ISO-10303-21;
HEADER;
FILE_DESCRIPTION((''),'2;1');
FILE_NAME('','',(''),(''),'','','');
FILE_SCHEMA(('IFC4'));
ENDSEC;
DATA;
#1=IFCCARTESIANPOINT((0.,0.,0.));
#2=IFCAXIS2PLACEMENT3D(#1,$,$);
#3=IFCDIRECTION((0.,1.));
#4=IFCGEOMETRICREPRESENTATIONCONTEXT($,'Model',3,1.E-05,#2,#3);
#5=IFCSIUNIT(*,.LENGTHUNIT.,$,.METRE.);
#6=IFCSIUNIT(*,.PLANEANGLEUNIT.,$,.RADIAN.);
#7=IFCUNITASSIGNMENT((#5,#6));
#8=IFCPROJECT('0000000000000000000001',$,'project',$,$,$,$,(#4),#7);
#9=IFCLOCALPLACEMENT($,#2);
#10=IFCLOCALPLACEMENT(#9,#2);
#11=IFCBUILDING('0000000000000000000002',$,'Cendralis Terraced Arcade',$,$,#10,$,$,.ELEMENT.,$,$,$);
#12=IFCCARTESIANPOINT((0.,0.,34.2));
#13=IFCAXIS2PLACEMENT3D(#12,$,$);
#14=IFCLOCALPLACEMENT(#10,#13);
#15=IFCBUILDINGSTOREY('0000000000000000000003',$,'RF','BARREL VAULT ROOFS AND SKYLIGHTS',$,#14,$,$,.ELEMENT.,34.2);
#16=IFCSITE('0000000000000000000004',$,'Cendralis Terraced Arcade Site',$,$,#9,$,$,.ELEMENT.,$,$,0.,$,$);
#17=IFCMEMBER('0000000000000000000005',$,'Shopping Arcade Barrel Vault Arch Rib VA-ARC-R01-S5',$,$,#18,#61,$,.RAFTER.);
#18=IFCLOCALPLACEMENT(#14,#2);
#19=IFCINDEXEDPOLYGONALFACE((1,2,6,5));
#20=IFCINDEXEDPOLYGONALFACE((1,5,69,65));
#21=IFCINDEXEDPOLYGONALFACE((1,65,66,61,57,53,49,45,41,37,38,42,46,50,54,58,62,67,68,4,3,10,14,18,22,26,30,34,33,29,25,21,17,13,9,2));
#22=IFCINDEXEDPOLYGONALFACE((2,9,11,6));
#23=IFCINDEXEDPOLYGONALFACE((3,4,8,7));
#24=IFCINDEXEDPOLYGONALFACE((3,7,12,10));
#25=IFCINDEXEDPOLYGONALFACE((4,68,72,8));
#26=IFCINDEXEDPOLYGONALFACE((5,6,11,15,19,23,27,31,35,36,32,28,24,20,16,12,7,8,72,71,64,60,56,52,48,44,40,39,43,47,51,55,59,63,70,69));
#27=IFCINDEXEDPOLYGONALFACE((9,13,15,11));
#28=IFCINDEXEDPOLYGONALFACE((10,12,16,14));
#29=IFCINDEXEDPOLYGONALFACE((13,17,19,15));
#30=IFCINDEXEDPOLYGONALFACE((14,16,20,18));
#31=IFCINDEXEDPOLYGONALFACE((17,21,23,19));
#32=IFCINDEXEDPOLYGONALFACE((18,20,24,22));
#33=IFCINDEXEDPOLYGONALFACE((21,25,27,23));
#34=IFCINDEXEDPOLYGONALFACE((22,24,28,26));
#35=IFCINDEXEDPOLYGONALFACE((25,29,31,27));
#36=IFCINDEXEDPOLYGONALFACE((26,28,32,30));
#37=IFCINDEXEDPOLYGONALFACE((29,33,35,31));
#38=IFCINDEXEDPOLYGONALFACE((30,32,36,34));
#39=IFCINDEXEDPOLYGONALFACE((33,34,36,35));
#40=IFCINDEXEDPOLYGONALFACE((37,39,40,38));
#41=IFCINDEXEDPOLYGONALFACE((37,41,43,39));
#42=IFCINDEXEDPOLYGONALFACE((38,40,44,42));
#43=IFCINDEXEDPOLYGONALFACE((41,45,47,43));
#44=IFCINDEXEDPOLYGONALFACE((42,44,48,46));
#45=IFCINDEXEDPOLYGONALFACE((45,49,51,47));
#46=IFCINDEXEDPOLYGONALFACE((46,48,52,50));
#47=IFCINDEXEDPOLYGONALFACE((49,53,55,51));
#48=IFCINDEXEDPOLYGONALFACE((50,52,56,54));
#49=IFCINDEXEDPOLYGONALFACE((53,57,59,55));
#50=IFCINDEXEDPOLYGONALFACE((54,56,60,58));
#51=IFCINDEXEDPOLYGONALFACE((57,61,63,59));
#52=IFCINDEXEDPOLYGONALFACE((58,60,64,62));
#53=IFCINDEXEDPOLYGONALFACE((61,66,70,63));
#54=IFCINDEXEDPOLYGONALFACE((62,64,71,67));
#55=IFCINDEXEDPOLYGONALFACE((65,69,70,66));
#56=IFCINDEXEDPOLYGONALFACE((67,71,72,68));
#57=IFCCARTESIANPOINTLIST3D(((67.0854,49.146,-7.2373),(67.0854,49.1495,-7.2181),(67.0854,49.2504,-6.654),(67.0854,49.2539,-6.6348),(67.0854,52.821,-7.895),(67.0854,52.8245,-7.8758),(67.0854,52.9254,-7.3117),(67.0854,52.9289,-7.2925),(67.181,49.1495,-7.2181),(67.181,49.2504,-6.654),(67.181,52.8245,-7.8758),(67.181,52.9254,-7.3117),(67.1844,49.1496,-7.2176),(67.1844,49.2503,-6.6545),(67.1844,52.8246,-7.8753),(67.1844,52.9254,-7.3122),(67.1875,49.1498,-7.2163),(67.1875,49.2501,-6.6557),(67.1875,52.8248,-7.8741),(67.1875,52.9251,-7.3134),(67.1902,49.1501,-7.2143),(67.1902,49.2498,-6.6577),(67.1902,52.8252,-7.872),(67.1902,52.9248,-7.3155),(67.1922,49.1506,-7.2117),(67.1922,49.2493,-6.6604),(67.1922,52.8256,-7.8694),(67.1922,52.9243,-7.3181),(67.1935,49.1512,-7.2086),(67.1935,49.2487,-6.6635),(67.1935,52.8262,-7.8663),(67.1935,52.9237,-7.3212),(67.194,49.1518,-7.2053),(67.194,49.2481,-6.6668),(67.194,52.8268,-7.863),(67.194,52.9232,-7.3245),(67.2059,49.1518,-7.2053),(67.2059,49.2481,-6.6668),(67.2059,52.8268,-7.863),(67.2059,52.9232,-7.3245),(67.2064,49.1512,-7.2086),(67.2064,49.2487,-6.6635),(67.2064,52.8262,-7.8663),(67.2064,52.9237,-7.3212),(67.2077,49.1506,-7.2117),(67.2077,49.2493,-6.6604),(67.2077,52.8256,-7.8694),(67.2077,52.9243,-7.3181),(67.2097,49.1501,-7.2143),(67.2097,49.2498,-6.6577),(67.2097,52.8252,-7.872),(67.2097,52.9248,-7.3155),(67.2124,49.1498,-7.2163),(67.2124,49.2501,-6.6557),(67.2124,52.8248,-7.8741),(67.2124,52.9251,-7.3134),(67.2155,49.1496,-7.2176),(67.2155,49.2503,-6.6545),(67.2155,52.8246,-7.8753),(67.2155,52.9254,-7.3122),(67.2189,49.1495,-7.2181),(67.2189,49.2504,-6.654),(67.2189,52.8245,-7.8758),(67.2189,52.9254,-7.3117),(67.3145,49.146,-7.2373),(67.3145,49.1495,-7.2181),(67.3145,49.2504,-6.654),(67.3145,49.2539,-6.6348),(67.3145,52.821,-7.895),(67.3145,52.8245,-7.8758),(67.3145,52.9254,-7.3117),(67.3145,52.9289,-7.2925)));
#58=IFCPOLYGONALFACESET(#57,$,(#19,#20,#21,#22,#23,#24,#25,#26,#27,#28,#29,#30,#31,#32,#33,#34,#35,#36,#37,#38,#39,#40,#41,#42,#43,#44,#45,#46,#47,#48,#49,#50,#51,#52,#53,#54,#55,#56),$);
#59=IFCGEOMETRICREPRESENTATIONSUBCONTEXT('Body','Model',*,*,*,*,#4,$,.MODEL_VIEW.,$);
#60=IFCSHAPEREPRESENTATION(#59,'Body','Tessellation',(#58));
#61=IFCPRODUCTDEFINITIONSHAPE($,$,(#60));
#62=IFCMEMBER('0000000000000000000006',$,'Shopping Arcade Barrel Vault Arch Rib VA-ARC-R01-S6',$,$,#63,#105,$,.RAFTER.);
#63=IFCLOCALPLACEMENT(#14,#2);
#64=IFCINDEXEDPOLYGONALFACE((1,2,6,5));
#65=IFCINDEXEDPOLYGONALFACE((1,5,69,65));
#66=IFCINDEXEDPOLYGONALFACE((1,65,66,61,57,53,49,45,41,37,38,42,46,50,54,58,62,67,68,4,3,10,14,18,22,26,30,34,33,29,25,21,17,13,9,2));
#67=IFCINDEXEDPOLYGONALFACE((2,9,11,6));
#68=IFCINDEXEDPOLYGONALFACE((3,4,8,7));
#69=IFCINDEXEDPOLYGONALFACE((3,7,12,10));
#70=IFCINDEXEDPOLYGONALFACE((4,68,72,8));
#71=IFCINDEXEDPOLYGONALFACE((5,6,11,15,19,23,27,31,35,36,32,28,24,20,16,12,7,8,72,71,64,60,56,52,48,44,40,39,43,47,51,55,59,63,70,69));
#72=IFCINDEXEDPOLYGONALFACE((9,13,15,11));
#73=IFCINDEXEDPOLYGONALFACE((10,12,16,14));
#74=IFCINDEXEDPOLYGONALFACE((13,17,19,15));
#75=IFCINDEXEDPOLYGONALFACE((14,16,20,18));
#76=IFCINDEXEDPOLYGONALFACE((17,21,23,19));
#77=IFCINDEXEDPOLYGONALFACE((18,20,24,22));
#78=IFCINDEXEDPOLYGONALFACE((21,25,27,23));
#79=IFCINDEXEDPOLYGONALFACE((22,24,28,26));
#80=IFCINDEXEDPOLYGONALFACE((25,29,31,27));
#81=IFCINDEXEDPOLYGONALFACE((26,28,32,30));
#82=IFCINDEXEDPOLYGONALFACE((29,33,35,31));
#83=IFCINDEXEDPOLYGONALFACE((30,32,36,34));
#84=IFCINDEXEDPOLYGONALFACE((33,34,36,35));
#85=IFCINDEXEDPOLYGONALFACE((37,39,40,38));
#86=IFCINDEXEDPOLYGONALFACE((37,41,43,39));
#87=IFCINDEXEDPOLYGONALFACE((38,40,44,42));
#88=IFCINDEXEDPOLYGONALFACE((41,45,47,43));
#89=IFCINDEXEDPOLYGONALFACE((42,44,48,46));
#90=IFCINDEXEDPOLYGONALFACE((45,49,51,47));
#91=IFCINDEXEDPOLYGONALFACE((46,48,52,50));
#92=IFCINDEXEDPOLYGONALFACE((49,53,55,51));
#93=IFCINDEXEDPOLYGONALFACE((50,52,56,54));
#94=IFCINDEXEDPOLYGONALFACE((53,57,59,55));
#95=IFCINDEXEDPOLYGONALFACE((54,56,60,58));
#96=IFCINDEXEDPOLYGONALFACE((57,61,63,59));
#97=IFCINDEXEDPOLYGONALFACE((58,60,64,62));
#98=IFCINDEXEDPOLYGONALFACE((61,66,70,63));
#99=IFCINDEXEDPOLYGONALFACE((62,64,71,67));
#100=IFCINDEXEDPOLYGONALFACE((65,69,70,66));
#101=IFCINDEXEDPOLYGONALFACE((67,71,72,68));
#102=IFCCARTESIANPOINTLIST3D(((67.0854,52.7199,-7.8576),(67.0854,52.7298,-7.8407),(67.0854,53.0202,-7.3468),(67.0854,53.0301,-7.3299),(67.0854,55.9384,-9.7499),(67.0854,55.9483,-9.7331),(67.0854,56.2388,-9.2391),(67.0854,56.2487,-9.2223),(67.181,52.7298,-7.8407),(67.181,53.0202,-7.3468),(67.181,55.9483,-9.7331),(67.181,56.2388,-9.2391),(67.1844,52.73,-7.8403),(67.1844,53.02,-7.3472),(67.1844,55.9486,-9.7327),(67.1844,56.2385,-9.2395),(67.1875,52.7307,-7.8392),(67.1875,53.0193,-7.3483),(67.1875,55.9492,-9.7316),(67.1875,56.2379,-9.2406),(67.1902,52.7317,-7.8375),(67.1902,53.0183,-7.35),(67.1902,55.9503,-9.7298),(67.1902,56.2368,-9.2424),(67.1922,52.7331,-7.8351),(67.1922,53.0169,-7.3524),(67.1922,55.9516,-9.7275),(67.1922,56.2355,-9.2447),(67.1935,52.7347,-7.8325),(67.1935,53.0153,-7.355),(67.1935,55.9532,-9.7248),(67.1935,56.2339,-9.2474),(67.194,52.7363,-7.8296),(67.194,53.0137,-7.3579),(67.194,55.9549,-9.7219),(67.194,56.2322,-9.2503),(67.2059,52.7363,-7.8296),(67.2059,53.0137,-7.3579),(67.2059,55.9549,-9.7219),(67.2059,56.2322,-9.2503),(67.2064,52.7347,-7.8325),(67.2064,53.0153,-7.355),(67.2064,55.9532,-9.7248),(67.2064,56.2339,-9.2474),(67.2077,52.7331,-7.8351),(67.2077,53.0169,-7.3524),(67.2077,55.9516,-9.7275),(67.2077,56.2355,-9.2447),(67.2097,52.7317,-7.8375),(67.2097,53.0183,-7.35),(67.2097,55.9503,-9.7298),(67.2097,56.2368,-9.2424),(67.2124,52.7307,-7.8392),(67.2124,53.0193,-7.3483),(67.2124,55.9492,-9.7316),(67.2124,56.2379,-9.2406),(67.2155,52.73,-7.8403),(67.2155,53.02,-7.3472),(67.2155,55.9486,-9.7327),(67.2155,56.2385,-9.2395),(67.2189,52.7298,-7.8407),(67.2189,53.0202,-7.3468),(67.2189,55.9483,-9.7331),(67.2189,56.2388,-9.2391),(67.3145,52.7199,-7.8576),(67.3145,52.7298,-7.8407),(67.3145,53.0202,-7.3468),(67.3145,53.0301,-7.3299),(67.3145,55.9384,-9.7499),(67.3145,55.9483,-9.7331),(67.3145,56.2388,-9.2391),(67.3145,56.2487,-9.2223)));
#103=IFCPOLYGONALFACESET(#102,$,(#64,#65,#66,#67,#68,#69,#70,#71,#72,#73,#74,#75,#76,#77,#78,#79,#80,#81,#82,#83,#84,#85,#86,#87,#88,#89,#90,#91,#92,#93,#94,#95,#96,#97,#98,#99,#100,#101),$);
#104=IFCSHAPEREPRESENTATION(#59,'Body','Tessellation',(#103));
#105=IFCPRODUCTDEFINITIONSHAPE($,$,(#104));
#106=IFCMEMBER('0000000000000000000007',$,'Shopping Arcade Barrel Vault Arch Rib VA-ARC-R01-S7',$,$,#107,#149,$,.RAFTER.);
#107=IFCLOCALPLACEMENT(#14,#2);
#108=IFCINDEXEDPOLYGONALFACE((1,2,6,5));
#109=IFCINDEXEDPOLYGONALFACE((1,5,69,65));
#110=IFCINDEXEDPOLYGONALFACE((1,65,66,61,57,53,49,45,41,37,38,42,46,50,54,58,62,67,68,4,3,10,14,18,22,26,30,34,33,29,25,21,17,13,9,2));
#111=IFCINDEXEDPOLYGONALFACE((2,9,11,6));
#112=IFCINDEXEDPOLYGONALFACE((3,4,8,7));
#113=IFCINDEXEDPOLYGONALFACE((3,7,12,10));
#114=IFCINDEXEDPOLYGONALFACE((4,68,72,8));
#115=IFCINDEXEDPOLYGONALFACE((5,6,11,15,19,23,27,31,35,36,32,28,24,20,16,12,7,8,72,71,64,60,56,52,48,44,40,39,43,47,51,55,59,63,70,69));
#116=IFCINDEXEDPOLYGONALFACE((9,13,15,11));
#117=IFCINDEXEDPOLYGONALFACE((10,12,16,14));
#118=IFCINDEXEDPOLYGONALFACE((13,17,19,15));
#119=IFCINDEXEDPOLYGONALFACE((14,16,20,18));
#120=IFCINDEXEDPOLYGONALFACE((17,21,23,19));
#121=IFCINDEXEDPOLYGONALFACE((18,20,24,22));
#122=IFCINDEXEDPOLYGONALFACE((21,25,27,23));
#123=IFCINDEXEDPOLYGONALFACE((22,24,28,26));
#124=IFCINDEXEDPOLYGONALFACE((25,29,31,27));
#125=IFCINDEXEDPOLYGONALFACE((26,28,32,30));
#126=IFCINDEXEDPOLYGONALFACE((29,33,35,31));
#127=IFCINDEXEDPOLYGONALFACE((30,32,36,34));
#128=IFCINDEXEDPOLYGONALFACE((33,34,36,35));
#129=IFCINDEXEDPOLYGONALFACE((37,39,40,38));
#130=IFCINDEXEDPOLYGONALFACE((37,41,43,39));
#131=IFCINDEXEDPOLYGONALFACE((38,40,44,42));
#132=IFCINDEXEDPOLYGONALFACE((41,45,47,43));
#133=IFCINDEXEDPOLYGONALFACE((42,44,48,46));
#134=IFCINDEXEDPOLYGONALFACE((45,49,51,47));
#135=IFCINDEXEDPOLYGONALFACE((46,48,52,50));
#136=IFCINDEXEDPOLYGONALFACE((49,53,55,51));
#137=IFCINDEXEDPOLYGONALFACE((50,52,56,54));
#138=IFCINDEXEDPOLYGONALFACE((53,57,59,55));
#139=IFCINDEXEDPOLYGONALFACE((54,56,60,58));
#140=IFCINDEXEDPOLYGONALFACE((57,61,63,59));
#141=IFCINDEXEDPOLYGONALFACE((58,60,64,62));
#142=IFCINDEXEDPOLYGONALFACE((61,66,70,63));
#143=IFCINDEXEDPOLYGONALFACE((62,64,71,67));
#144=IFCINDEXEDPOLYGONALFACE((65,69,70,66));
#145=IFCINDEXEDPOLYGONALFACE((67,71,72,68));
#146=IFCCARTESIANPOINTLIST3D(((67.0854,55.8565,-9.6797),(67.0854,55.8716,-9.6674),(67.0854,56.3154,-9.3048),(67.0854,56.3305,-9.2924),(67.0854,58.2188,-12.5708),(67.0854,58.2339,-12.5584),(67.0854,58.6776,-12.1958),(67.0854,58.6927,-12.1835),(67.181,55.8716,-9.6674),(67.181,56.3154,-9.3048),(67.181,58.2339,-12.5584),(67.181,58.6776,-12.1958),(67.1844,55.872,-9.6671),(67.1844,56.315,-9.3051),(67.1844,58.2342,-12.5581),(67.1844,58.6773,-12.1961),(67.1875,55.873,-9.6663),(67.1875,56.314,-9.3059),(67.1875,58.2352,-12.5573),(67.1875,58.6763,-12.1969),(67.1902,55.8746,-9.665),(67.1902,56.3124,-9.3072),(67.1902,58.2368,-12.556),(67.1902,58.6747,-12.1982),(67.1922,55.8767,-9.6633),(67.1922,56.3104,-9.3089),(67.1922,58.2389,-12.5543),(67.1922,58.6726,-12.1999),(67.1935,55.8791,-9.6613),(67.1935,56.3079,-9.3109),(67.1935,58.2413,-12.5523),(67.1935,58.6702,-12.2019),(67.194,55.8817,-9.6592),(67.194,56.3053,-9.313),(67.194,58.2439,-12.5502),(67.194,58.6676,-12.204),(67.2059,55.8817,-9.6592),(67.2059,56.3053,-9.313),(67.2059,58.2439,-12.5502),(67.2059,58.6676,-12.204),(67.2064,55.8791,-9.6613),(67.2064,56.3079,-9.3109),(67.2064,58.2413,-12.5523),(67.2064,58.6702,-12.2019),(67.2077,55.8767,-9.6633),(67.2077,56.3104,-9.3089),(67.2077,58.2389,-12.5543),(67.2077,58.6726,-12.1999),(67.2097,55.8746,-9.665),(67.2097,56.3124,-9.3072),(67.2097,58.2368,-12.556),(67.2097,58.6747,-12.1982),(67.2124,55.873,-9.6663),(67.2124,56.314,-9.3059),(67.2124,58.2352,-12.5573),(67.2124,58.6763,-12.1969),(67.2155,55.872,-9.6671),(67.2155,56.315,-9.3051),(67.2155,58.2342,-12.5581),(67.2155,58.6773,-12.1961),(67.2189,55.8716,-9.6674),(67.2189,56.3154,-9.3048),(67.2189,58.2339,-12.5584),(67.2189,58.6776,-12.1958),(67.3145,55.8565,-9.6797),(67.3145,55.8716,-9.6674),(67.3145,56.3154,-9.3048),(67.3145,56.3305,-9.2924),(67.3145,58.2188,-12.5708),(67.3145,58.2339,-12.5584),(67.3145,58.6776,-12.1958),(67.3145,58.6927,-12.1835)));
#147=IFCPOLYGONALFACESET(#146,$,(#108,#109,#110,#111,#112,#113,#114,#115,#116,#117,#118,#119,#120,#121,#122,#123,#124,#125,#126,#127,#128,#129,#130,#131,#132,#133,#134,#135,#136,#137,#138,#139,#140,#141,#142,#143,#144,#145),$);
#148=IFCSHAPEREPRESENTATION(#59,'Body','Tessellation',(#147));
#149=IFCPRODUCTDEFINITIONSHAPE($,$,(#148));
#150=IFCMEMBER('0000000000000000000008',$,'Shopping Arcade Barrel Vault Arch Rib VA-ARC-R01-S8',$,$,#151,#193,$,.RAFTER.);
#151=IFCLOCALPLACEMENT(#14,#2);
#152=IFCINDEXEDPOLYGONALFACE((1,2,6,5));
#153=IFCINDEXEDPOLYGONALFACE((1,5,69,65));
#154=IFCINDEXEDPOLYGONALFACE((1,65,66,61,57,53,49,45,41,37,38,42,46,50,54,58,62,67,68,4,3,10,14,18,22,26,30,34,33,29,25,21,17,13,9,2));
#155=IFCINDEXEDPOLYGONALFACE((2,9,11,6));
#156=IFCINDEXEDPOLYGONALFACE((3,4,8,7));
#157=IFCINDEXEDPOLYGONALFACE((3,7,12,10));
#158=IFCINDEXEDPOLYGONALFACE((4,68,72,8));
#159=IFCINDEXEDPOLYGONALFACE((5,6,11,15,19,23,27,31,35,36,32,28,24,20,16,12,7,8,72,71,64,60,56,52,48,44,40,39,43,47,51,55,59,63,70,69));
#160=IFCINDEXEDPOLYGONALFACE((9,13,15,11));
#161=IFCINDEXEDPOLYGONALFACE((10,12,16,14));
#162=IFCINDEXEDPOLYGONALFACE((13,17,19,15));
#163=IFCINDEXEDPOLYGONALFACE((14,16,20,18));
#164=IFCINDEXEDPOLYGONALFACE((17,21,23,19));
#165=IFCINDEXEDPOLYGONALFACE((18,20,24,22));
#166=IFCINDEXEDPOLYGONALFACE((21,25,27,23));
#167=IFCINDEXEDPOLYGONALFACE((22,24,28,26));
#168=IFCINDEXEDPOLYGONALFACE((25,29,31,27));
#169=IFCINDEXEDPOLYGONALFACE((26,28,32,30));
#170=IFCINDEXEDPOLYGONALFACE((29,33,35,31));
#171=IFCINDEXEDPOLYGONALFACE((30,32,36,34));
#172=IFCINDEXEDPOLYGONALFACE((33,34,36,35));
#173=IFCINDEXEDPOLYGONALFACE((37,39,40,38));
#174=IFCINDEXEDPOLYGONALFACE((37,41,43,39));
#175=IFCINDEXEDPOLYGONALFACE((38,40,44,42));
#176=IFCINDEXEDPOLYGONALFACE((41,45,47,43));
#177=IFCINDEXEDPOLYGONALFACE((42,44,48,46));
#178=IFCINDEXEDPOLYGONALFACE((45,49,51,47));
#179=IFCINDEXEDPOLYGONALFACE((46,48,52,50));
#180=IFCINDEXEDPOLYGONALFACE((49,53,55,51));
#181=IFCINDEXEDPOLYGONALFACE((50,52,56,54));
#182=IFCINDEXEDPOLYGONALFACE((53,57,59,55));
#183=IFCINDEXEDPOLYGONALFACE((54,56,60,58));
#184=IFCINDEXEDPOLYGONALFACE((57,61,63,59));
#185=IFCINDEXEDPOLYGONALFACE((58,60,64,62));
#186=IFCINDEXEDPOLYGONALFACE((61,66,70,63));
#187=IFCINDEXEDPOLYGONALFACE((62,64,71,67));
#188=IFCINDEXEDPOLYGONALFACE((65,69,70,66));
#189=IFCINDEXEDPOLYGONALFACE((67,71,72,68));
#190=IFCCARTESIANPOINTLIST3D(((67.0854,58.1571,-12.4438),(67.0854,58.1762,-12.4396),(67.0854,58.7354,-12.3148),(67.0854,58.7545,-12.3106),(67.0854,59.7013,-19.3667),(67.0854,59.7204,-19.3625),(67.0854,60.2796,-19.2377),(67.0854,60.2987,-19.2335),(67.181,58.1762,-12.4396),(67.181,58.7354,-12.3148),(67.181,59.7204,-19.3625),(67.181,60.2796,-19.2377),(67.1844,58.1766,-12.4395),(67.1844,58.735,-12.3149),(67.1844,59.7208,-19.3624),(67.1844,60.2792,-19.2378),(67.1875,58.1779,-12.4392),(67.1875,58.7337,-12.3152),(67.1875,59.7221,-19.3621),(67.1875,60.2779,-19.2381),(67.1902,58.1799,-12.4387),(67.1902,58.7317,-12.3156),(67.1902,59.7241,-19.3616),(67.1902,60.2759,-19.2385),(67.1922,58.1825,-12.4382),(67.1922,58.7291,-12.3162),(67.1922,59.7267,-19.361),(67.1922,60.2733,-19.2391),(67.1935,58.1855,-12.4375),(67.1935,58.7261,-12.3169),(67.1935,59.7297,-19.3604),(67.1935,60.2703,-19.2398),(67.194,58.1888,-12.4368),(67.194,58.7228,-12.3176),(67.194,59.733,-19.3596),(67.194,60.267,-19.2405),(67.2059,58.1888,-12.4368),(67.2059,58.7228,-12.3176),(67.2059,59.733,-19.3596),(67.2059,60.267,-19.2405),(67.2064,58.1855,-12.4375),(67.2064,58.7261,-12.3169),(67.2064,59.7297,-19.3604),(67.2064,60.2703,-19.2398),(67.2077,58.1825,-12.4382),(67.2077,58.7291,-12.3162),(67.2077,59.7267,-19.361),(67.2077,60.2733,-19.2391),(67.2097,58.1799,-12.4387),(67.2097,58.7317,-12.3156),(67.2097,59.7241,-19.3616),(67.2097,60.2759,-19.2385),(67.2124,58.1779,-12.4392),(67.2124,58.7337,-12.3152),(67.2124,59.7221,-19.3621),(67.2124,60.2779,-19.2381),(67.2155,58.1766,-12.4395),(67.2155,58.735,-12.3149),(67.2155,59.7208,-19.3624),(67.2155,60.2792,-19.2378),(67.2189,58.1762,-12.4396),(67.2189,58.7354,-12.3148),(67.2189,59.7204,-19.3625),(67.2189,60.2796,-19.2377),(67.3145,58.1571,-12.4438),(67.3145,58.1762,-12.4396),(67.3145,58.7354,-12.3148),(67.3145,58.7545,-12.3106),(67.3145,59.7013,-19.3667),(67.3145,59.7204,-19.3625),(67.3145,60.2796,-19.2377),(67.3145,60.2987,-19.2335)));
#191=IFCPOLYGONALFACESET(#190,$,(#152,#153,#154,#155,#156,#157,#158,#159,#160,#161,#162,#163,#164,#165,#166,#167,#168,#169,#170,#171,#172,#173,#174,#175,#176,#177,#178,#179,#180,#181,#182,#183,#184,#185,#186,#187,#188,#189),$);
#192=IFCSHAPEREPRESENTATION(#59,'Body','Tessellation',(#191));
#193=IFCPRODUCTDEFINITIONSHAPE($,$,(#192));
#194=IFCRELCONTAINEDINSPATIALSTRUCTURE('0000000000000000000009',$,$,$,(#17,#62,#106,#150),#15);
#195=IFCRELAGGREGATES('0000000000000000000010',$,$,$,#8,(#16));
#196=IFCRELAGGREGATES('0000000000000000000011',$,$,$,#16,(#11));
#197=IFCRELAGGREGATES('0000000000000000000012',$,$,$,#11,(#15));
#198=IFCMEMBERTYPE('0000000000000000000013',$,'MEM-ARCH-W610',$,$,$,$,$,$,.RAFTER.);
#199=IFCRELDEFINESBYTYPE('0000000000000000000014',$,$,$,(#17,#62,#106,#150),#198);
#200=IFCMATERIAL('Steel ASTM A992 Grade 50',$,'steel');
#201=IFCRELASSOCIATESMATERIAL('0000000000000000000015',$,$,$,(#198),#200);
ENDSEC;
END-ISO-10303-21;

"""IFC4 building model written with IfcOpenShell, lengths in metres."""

from ifc_helpers import new_model, si_unit, direction, frame, origin, origin_2d, place, context, subcontext, project, spatial, i_section, extrude, material, material_profile, profile_set, type_object, element, save


model = new_model("IFC4")

# Units and contexts
model_context = context("Model", 3, precision=1e-05, world=origin(), true_north=direction((0.0, 1.0)))
body_context = subcontext(model_context, "Body", "Model", "MODEL_VIEW")
ifc_project = project(units=[si_unit("LENGTHUNIT", "METRE"), si_unit("PLANEANGLEUNIT", "RADIAN")], contexts=[model_context])

# Site, building, storey
site_placement = place(None, origin())
site = spatial("IfcSite", under=ifc_project, at=site_placement, Name="Cendralis Terraced Arcade Site", CompositionType="ELEMENT", RefElevation=0.0)
building_placement = place(site_placement, origin())
building = spatial("IfcBuilding", under=site, at=building_placement, Name="Cendralis Terraced Arcade", CompositionType="ELEMENT")
storey_placement = place(building_placement, frame((0.0, 0.0, 34.2)))
storey = spatial("IfcBuildingStorey", under=building, at=storey_placement, Name="RF", Description="BARREL VAULT ROOFS AND SKYLIGHTS", CompositionType="ELEMENT", Elevation=34.2)

# Members
ifc_material_1 = material(Name="Steel ASTM A992 Grade 50", Category="steel")
ifc_material_profile_1 = material_profile(ifc_material_1, i_section(OverallWidth=0.229, OverallDepth=0.6121, WebThickness=0.012, FlangeThickness=0.0195, FilletRadius=0.0129, at=origin_2d()), Name="W610X125", Category="LoadBearing")
ifc_profile_set_1 = profile_set([ifc_material_profile_1], Name="Steel ASTM A992 Grade 50")
member_type_1 = type_object("IfcMemberType", Name="MEM-ARCH-W610", PredefinedType="RAFTER", material=ifc_profile_set_1)
for number, where, z_axis, x_axis, name in (
    (1, (67.2, 49.2, -6.936), (0.0, 0.98436, -0.176169), (-1.0, 0.0, 0.0), "Shopping Arcade Barrel Vault Arch Rib VA-ARC-R01-S5"),
):
    element("IfcMember", number, at=place(storey_placement, frame(where, z_axis=z_axis, x_axis=x_axis)), inside=storey, type_object=member_type_1, Name=name, PredefinedType="RAFTER", context=body_context, shape_type="SweptSolid", body=[
        extrude(i_section(OverallWidth=0.229, OverallDepth=0.6121, WebThickness=0.012, FlangeThickness=0.0195, FilletRadius=0.0129, at=origin_2d()), origin(), (0.0, 0.0, 1.0), 3.7334),
    ])
member_1_placement = place(storey_placement, frame((67.2, 52.875, -7.5938), z_axis=(0.0, 0.86204, -0.50684), x_axis=(-1.0, 0.0, 0.0)))
element("IfcMember", 2, at=member_1_placement, inside=storey, type_object=member_type_1, Name="Shopping Arcade Barrel Vault Arch Rib VA-ARC-R01-S6", PredefinedType="RAFTER", context=body_context, shape_type="SweptSolid", body=[
    extrude(i_section(OverallWidth=0.229, OverallDepth=0.6121, WebThickness=0.012, FlangeThickness=0.0195, FilletRadius=0.0129, at=origin_2d()), origin(), (0.0, 0.0, 1.0), 3.7336),
])
member_2_placement = place(storey_placement, frame((67.2, 56.0935, -9.4861), z_axis=(0.0, 0.632732, -0.774371), x_axis=(-1.0, 0.0, 0.0)))
element("IfcMember", 3, at=member_2_placement, inside=storey, type_object=member_type_1, Name="Shopping Arcade Barrel Vault Arch Rib VA-ARC-R01-S7", PredefinedType="RAFTER", context=body_context, shape_type="SweptSolid", body=[
    extrude(i_section(OverallWidth=0.229, OverallDepth=0.6121, WebThickness=0.012, FlangeThickness=0.0195, FilletRadius=0.0129, at=origin_2d()), origin(), (0.0, 0.0, 1.0), 3.7334),
])
member_3_placement = place(storey_placement, frame((67.2, 58.4558, -12.3772), z_axis=(0.0, 0.217707, -0.976014), x_axis=(-1.0, 0.0, 0.0)))
element("IfcMember", 4, at=member_3_placement, inside=storey, type_object=member_type_1, Name="Shopping Arcade Barrel Vault Arch Rib VA-ARC-R01-S8", PredefinedType="RAFTER", context=body_context, shape_type="SweptSolid", body=[
    extrude(i_section(OverallWidth=0.229, OverallDepth=0.6121, WebThickness=0.012, FlangeThickness=0.0195, FilletRadius=0.0129, at=origin_2d()), origin(), (0.0, 0.0, 1.0), 7.093),
])

save(model, "model.ifc")
